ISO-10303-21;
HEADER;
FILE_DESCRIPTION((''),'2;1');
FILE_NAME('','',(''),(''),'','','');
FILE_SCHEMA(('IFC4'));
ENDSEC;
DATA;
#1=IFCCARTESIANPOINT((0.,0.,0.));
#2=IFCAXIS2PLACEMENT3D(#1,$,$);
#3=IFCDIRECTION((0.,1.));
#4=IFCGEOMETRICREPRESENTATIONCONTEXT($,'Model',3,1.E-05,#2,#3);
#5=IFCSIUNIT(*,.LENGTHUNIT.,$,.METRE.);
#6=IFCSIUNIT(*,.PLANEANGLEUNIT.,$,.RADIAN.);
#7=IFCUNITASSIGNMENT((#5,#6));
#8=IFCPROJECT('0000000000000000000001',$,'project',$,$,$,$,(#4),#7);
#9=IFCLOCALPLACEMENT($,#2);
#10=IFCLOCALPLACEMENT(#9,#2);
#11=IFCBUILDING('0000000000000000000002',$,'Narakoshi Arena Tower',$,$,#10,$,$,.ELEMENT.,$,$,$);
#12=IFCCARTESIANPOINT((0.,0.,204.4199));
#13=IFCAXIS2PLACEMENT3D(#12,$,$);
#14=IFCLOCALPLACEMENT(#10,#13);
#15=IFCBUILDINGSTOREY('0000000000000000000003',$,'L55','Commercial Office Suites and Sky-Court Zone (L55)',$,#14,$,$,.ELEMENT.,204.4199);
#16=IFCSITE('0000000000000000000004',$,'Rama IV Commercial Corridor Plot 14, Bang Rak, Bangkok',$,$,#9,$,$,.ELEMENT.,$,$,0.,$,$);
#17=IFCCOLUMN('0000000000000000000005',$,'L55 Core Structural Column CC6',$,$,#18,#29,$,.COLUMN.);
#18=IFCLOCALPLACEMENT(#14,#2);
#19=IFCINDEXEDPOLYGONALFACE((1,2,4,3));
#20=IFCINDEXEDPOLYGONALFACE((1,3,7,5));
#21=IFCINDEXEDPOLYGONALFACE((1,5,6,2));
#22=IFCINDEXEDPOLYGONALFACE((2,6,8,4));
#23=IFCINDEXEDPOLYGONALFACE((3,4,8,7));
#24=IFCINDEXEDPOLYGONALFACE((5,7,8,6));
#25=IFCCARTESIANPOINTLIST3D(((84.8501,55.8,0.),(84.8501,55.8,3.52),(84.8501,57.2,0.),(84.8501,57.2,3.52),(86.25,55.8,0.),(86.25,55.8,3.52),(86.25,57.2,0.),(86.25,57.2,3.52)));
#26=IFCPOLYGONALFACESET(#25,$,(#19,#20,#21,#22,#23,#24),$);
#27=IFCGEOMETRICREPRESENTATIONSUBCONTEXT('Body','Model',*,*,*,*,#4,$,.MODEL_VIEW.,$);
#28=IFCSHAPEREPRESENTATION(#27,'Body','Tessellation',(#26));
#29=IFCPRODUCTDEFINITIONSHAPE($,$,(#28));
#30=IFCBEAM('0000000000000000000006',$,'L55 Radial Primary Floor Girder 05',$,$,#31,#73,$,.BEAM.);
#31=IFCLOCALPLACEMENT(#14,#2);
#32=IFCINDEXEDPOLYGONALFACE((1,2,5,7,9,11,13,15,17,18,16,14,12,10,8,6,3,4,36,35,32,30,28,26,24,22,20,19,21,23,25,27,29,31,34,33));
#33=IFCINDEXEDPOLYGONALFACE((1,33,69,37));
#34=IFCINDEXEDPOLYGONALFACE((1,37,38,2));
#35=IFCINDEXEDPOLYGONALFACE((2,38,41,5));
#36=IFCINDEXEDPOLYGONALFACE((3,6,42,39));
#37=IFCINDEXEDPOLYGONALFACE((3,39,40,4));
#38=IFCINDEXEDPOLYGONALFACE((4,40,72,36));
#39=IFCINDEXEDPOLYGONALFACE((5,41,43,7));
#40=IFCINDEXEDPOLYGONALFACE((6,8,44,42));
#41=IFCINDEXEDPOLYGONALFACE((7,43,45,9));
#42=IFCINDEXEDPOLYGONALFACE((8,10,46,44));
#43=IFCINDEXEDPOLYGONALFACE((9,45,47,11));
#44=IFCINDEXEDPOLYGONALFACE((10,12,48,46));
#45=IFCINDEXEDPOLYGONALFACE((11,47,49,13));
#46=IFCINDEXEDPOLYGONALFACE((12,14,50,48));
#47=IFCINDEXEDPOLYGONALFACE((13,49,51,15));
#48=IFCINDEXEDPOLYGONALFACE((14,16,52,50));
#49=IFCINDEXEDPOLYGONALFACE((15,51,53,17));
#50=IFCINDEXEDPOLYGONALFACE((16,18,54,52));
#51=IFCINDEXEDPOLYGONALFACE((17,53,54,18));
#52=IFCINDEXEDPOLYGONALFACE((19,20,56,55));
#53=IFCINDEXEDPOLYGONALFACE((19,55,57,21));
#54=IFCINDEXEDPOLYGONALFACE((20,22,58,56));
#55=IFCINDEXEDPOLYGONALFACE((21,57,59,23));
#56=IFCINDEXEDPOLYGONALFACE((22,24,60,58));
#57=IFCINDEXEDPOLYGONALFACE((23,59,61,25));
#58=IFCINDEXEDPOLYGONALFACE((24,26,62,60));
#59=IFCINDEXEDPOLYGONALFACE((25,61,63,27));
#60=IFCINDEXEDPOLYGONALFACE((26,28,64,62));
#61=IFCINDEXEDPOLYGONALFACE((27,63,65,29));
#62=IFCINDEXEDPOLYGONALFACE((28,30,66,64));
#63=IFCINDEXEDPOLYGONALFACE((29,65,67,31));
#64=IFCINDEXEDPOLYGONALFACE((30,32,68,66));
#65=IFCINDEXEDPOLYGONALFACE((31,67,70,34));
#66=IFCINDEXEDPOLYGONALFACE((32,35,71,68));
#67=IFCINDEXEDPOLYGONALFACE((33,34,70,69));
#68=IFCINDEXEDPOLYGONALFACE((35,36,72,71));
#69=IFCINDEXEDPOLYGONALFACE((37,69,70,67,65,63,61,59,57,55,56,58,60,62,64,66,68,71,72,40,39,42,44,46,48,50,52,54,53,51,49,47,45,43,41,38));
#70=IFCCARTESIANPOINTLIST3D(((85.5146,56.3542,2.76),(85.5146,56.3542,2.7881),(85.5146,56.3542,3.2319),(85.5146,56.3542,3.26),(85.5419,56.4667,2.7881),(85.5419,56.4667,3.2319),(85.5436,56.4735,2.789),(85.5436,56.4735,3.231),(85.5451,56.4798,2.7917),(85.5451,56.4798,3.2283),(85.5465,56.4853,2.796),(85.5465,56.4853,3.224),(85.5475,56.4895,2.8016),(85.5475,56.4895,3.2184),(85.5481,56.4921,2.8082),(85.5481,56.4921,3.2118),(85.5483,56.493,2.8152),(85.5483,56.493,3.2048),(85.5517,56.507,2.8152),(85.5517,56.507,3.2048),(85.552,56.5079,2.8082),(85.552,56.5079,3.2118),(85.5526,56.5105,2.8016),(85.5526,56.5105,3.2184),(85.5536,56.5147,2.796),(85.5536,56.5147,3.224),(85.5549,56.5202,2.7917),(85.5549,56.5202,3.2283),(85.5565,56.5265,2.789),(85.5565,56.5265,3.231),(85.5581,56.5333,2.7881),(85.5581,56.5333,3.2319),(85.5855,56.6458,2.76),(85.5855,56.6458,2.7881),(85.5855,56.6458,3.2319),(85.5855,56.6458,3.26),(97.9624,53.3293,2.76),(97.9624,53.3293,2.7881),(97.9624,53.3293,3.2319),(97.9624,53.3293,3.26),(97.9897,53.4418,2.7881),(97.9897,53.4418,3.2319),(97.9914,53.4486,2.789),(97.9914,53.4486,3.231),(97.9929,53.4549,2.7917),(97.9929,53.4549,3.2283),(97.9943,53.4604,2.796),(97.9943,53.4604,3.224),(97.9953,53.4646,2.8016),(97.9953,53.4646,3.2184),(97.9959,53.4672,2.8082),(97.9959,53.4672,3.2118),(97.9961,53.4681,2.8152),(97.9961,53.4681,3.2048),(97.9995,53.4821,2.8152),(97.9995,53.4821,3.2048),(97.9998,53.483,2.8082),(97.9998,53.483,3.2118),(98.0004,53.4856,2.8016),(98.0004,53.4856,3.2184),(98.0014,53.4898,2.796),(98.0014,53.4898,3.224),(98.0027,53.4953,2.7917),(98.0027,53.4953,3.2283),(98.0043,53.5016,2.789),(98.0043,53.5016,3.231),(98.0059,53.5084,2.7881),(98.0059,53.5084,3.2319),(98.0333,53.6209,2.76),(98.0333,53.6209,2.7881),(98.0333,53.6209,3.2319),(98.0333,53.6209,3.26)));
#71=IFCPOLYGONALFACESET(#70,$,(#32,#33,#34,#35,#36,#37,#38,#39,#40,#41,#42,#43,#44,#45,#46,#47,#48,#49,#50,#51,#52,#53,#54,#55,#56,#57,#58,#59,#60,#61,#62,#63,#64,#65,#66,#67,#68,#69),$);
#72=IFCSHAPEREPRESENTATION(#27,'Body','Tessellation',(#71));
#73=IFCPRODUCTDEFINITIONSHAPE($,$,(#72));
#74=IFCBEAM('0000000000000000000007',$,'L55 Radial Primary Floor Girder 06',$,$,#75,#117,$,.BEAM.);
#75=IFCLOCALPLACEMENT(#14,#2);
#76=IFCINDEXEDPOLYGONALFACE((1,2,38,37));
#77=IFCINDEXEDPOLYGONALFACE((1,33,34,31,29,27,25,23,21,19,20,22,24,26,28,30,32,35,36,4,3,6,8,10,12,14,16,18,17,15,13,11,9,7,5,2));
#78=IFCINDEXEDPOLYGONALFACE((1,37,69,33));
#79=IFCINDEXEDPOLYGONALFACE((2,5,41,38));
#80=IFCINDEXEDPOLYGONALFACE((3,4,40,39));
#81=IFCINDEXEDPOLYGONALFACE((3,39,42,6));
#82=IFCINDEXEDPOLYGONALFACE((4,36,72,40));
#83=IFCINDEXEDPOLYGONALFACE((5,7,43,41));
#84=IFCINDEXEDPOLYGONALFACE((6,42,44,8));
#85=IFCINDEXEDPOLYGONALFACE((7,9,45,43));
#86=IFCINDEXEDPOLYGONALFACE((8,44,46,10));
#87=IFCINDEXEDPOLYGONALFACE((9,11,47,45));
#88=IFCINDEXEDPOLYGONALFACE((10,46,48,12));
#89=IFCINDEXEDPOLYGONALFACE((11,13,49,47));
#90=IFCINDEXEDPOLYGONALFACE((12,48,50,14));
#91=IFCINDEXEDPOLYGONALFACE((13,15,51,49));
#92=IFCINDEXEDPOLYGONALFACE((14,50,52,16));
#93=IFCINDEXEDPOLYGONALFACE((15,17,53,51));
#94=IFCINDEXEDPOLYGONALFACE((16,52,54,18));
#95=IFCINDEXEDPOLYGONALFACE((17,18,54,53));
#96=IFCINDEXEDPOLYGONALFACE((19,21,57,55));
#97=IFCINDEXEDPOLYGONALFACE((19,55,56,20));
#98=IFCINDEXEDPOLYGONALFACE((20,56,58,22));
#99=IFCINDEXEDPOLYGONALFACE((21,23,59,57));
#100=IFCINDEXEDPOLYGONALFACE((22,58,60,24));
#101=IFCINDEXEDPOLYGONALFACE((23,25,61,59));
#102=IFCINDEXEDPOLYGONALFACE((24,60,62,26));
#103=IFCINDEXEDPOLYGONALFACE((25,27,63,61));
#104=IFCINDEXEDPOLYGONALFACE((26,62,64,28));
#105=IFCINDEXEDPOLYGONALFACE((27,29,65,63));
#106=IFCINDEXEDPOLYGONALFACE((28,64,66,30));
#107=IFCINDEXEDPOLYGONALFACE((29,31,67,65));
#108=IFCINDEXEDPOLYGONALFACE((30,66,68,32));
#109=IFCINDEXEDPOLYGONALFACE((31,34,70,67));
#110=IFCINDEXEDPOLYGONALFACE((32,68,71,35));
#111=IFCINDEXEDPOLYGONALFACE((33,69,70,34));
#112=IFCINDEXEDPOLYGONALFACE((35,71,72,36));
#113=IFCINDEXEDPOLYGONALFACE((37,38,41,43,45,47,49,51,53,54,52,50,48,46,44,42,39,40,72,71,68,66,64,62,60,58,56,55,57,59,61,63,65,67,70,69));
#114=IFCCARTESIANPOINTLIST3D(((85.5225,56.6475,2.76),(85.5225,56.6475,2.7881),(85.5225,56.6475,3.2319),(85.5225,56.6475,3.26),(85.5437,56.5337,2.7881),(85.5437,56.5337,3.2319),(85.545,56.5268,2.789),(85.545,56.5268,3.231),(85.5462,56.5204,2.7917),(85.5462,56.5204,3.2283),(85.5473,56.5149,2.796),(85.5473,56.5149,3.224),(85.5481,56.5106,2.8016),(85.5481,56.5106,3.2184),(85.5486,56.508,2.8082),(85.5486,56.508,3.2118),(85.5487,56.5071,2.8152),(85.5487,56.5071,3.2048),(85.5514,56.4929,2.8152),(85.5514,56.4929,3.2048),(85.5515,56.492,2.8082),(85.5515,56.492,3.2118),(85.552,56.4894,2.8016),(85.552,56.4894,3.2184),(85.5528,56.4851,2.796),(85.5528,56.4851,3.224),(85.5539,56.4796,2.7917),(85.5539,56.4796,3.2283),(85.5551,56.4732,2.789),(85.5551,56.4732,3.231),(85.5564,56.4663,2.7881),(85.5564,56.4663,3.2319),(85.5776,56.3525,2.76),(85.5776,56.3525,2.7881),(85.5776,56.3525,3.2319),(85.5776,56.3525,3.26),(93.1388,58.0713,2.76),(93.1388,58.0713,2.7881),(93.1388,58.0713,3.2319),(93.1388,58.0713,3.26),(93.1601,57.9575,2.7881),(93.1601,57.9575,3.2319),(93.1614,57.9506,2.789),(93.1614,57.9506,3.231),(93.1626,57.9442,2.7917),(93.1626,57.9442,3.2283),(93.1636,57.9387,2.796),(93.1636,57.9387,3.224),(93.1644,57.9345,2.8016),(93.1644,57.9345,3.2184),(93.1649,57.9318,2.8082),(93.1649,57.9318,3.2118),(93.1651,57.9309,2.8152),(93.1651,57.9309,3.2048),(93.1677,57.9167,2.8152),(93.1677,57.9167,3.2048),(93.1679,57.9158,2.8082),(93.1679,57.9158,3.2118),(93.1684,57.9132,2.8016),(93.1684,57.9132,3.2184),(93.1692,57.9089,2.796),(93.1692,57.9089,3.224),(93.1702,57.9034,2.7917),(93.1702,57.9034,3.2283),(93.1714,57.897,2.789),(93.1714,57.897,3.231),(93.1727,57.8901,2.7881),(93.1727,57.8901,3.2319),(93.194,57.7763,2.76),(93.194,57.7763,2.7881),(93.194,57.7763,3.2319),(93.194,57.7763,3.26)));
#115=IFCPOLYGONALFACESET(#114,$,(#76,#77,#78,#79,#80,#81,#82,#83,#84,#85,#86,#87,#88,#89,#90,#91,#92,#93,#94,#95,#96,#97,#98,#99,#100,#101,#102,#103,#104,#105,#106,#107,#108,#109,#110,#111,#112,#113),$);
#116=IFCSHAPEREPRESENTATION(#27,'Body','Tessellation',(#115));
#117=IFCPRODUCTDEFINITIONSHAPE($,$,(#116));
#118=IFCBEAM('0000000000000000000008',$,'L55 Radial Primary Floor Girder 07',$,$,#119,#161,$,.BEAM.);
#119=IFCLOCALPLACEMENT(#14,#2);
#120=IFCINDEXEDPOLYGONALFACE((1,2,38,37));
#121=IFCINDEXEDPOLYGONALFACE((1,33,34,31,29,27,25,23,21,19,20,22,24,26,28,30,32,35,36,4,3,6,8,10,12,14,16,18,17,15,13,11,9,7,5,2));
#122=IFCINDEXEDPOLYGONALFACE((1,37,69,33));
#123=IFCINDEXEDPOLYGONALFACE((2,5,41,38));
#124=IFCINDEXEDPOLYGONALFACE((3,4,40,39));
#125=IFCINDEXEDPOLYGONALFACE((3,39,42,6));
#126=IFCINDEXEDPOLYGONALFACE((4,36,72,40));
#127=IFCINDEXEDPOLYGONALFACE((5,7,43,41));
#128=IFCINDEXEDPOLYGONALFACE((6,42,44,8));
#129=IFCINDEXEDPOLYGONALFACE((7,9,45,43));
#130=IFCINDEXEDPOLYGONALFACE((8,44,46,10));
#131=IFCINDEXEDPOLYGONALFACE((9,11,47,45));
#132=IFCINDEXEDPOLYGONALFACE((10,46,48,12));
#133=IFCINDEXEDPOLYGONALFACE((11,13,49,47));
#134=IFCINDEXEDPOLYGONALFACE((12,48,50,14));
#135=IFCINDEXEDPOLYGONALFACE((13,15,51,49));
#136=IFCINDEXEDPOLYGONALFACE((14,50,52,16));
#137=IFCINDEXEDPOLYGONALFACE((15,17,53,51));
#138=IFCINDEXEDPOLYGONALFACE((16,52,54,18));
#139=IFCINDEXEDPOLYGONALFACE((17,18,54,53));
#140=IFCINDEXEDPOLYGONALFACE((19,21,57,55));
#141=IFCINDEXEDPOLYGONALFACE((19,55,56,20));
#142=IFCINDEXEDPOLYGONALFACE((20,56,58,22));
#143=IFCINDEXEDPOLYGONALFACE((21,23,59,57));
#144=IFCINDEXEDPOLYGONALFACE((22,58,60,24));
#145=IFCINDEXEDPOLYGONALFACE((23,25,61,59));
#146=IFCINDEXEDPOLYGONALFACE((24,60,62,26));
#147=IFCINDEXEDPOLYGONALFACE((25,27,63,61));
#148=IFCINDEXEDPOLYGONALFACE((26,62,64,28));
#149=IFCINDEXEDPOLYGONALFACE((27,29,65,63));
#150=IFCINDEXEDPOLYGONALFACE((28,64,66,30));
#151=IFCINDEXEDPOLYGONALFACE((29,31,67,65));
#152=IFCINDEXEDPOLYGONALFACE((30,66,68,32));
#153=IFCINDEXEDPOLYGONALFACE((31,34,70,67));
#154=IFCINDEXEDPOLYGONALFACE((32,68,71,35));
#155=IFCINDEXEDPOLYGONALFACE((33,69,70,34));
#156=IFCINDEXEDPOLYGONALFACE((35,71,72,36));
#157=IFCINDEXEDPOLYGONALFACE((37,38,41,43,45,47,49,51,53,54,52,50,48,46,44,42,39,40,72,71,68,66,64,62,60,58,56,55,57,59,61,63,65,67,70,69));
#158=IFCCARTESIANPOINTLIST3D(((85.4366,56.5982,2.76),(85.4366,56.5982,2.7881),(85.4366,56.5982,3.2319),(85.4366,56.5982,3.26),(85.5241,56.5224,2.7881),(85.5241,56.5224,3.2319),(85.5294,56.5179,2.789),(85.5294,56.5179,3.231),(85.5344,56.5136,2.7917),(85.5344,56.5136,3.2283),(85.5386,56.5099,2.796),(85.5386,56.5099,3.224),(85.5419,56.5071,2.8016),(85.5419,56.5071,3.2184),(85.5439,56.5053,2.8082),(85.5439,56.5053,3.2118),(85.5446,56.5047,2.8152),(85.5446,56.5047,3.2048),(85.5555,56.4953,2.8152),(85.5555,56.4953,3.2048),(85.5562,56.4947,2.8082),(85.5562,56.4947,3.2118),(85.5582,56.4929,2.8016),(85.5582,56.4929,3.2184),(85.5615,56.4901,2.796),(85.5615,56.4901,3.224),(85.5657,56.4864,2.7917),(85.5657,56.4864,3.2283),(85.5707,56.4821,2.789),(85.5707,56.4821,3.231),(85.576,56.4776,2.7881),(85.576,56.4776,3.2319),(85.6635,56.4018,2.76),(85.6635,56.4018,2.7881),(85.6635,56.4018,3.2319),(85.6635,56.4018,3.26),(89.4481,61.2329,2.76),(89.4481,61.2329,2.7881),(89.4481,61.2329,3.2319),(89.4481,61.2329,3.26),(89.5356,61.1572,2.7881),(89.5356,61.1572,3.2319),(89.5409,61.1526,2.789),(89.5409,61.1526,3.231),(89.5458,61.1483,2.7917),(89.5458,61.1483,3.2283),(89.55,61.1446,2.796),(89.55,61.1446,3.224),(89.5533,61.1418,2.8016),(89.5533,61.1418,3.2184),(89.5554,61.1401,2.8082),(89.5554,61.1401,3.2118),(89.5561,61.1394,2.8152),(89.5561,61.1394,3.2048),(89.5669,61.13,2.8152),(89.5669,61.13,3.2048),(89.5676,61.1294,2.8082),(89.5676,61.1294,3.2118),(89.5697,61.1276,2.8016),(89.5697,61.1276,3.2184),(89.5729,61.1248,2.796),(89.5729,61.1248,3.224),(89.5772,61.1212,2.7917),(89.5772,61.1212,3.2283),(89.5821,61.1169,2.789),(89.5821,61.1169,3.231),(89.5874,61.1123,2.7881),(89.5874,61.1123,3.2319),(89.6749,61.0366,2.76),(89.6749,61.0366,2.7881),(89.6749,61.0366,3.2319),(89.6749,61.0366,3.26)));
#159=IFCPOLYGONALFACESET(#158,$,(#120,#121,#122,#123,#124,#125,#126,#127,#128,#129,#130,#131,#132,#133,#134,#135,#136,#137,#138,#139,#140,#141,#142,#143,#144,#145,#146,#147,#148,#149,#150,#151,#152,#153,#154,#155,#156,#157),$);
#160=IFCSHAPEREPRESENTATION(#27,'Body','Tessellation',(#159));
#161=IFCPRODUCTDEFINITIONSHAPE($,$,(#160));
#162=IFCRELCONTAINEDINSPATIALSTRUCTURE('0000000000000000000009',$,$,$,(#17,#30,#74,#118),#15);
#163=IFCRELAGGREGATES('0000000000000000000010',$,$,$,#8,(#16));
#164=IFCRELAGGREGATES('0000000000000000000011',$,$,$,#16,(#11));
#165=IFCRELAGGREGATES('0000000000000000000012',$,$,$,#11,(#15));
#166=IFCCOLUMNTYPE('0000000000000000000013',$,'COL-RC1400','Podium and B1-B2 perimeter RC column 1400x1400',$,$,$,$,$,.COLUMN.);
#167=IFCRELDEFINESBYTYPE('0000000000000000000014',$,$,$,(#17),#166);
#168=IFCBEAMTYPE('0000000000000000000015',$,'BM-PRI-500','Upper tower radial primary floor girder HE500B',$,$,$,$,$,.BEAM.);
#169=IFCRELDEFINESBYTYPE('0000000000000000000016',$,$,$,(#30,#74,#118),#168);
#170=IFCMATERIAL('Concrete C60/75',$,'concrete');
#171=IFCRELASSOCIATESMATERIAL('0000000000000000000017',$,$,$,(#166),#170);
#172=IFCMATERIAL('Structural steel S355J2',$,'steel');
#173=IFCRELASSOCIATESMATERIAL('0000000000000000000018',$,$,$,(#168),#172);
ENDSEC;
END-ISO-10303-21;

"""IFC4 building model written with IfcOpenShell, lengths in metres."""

from ifc_helpers import new_model, si_unit, direction, frame, origin, origin_2d, place, context, subcontext, project, spatial, rectangle, i_section, extrude, material, material_profile, profile_set, type_object, element, save


model = new_model("IFC4")

# Units and contexts
model_context = context("Model", 3, precision=1e-05, world=origin(), true_north=direction((0.0, 1.0)))
body_context = subcontext(model_context, "Body", "Model", "MODEL_VIEW")
ifc_project = project(units=[si_unit("LENGTHUNIT", "METRE"), si_unit("PLANEANGLEUNIT", "RADIAN")], contexts=[model_context])

# Site, building, storey
site_placement = place(None, origin())
site = spatial("IfcSite", under=ifc_project, at=site_placement, Name="Rama IV Commercial Corridor Plot 14, Bang Rak, Bangkok", CompositionType="ELEMENT", RefElevation=0.0)
building_placement = place(site_placement, origin())
building = spatial("IfcBuilding", under=site, at=building_placement, Name="Narakoshi Arena Tower", CompositionType="ELEMENT")
storey_placement = place(building_placement, frame((0.0, 0.0, 204.4199)))
storey = spatial("IfcBuildingStorey", under=building, at=storey_placement, Name="L55", Description="Commercial Office Suites and Sky-Court Zone (L55)", CompositionType="ELEMENT", Elevation=204.4199)

# Column
ifc_material_1 = material(Name="Concrete C60/75", Category="concrete")
ifc_material_profile_1 = material_profile(ifc_material_1, rectangle(XDim=1.3999, YDim=1.3999, at=origin_2d()), Name="RC1400x1400")
ifc_profile_set_1 = profile_set([ifc_material_profile_1], Name="Concrete C60/75")
column_type = type_object("IfcColumnType", Name="COL-RC1400", Description="Podium and B1-B2 perimeter RC column 1400x1400", PredefinedType="COLUMN", material=ifc_profile_set_1)
column_placement = place(storey_placement, frame((85.55, 56.5, 0.0), z_axis=(0.0, 0.0, 1.0), x_axis=(1.0, 0.0, 0.0)))
element("IfcColumn", 1, at=column_placement, inside=storey, type_object=column_type, Name="L55 Core Structural Column CC6", PredefinedType="COLUMN", context=body_context, shape_type="SweptSolid", body=[
    extrude(rectangle(XDim=1.3999, YDim=1.3999, at=origin_2d()), origin(), (0.0, 0.0, 1.0), 3.52),
])

# Beams
ifc_material_2 = material(Name="Structural steel S355J2", Category="steel")
ifc_material_profile_2 = material_profile(ifc_material_2, i_section(OverallWidth=0.3, OverallDepth=0.5, WebThickness=0.0144, FlangeThickness=0.0281, FilletRadius=0.0271, at=origin_2d()), Name="HE500B")
ifc_profile_set_2 = profile_set([ifc_material_profile_2], Name="Structural steel S355J2")
beam_type = type_object("IfcBeamType", Name="BM-PRI-500", Description="Upper tower radial primary floor girder HE500B", PredefinedType="BEAM", material=ifc_profile_set_2)
beam_1_placement = place(storey_placement, frame((85.55, 56.5, 3.01), z_axis=(0.97172, -0.236136, 0.0), x_axis=(0.236136, 0.97172, 0.0)))
element("IfcBeam", 2, at=beam_1_placement, inside=storey, type_object=beam_type, Name="L55 Radial Primary Floor Girder 05", PredefinedType="BEAM", context=body_context, shape_type="SweptSolid", body=[
    extrude(i_section(OverallWidth=0.3, OverallDepth=0.5, WebThickness=0.0144, FlangeThickness=0.0281, FilletRadius=0.0271, at=origin_2d()), origin(), (0.0, 0.0, 1.0), 12.8101),
])
beam_2_placement = place(storey_placement, frame((85.55, 56.5, 3.01), z_axis=(0.982972, 0.183758, 0.0), x_axis=(-0.183758, 0.982972, 0.0)))
element("IfcBeam", 3, at=beam_2_placement, inside=storey, type_object=beam_type, Name="L55 Radial Primary Floor Girder 06", PredefinedType="BEAM", context=body_context, shape_type="SweptSolid", body=[
    extrude(i_section(OverallWidth=0.3, OverallDepth=0.5, WebThickness=0.0144, FlangeThickness=0.0281, FilletRadius=0.0271, at=origin_2d()), origin(), (0.0, 0.0, 1.0), 7.7483),
])
beam_3_placement = place(storey_placement, frame((85.55, 56.5, 3.01), z_axis=(0.654435, 0.756119, 0.0), x_axis=(-0.756119, 0.654435, 0.0)))
element("IfcBeam", 4, at=beam_3_placement, inside=storey, type_object=beam_type, Name="L55 Radial Primary Floor Girder 07", PredefinedType="BEAM", context=body_context, shape_type="SweptSolid", body=[
    extrude(i_section(OverallWidth=0.3, OverallDepth=0.5, WebThickness=0.0144, FlangeThickness=0.0281, FilletRadius=0.0271, at=origin_2d()), origin(), (0.0, 0.0, 1.0), 6.1296),
])

save(model, "model.ifc")
